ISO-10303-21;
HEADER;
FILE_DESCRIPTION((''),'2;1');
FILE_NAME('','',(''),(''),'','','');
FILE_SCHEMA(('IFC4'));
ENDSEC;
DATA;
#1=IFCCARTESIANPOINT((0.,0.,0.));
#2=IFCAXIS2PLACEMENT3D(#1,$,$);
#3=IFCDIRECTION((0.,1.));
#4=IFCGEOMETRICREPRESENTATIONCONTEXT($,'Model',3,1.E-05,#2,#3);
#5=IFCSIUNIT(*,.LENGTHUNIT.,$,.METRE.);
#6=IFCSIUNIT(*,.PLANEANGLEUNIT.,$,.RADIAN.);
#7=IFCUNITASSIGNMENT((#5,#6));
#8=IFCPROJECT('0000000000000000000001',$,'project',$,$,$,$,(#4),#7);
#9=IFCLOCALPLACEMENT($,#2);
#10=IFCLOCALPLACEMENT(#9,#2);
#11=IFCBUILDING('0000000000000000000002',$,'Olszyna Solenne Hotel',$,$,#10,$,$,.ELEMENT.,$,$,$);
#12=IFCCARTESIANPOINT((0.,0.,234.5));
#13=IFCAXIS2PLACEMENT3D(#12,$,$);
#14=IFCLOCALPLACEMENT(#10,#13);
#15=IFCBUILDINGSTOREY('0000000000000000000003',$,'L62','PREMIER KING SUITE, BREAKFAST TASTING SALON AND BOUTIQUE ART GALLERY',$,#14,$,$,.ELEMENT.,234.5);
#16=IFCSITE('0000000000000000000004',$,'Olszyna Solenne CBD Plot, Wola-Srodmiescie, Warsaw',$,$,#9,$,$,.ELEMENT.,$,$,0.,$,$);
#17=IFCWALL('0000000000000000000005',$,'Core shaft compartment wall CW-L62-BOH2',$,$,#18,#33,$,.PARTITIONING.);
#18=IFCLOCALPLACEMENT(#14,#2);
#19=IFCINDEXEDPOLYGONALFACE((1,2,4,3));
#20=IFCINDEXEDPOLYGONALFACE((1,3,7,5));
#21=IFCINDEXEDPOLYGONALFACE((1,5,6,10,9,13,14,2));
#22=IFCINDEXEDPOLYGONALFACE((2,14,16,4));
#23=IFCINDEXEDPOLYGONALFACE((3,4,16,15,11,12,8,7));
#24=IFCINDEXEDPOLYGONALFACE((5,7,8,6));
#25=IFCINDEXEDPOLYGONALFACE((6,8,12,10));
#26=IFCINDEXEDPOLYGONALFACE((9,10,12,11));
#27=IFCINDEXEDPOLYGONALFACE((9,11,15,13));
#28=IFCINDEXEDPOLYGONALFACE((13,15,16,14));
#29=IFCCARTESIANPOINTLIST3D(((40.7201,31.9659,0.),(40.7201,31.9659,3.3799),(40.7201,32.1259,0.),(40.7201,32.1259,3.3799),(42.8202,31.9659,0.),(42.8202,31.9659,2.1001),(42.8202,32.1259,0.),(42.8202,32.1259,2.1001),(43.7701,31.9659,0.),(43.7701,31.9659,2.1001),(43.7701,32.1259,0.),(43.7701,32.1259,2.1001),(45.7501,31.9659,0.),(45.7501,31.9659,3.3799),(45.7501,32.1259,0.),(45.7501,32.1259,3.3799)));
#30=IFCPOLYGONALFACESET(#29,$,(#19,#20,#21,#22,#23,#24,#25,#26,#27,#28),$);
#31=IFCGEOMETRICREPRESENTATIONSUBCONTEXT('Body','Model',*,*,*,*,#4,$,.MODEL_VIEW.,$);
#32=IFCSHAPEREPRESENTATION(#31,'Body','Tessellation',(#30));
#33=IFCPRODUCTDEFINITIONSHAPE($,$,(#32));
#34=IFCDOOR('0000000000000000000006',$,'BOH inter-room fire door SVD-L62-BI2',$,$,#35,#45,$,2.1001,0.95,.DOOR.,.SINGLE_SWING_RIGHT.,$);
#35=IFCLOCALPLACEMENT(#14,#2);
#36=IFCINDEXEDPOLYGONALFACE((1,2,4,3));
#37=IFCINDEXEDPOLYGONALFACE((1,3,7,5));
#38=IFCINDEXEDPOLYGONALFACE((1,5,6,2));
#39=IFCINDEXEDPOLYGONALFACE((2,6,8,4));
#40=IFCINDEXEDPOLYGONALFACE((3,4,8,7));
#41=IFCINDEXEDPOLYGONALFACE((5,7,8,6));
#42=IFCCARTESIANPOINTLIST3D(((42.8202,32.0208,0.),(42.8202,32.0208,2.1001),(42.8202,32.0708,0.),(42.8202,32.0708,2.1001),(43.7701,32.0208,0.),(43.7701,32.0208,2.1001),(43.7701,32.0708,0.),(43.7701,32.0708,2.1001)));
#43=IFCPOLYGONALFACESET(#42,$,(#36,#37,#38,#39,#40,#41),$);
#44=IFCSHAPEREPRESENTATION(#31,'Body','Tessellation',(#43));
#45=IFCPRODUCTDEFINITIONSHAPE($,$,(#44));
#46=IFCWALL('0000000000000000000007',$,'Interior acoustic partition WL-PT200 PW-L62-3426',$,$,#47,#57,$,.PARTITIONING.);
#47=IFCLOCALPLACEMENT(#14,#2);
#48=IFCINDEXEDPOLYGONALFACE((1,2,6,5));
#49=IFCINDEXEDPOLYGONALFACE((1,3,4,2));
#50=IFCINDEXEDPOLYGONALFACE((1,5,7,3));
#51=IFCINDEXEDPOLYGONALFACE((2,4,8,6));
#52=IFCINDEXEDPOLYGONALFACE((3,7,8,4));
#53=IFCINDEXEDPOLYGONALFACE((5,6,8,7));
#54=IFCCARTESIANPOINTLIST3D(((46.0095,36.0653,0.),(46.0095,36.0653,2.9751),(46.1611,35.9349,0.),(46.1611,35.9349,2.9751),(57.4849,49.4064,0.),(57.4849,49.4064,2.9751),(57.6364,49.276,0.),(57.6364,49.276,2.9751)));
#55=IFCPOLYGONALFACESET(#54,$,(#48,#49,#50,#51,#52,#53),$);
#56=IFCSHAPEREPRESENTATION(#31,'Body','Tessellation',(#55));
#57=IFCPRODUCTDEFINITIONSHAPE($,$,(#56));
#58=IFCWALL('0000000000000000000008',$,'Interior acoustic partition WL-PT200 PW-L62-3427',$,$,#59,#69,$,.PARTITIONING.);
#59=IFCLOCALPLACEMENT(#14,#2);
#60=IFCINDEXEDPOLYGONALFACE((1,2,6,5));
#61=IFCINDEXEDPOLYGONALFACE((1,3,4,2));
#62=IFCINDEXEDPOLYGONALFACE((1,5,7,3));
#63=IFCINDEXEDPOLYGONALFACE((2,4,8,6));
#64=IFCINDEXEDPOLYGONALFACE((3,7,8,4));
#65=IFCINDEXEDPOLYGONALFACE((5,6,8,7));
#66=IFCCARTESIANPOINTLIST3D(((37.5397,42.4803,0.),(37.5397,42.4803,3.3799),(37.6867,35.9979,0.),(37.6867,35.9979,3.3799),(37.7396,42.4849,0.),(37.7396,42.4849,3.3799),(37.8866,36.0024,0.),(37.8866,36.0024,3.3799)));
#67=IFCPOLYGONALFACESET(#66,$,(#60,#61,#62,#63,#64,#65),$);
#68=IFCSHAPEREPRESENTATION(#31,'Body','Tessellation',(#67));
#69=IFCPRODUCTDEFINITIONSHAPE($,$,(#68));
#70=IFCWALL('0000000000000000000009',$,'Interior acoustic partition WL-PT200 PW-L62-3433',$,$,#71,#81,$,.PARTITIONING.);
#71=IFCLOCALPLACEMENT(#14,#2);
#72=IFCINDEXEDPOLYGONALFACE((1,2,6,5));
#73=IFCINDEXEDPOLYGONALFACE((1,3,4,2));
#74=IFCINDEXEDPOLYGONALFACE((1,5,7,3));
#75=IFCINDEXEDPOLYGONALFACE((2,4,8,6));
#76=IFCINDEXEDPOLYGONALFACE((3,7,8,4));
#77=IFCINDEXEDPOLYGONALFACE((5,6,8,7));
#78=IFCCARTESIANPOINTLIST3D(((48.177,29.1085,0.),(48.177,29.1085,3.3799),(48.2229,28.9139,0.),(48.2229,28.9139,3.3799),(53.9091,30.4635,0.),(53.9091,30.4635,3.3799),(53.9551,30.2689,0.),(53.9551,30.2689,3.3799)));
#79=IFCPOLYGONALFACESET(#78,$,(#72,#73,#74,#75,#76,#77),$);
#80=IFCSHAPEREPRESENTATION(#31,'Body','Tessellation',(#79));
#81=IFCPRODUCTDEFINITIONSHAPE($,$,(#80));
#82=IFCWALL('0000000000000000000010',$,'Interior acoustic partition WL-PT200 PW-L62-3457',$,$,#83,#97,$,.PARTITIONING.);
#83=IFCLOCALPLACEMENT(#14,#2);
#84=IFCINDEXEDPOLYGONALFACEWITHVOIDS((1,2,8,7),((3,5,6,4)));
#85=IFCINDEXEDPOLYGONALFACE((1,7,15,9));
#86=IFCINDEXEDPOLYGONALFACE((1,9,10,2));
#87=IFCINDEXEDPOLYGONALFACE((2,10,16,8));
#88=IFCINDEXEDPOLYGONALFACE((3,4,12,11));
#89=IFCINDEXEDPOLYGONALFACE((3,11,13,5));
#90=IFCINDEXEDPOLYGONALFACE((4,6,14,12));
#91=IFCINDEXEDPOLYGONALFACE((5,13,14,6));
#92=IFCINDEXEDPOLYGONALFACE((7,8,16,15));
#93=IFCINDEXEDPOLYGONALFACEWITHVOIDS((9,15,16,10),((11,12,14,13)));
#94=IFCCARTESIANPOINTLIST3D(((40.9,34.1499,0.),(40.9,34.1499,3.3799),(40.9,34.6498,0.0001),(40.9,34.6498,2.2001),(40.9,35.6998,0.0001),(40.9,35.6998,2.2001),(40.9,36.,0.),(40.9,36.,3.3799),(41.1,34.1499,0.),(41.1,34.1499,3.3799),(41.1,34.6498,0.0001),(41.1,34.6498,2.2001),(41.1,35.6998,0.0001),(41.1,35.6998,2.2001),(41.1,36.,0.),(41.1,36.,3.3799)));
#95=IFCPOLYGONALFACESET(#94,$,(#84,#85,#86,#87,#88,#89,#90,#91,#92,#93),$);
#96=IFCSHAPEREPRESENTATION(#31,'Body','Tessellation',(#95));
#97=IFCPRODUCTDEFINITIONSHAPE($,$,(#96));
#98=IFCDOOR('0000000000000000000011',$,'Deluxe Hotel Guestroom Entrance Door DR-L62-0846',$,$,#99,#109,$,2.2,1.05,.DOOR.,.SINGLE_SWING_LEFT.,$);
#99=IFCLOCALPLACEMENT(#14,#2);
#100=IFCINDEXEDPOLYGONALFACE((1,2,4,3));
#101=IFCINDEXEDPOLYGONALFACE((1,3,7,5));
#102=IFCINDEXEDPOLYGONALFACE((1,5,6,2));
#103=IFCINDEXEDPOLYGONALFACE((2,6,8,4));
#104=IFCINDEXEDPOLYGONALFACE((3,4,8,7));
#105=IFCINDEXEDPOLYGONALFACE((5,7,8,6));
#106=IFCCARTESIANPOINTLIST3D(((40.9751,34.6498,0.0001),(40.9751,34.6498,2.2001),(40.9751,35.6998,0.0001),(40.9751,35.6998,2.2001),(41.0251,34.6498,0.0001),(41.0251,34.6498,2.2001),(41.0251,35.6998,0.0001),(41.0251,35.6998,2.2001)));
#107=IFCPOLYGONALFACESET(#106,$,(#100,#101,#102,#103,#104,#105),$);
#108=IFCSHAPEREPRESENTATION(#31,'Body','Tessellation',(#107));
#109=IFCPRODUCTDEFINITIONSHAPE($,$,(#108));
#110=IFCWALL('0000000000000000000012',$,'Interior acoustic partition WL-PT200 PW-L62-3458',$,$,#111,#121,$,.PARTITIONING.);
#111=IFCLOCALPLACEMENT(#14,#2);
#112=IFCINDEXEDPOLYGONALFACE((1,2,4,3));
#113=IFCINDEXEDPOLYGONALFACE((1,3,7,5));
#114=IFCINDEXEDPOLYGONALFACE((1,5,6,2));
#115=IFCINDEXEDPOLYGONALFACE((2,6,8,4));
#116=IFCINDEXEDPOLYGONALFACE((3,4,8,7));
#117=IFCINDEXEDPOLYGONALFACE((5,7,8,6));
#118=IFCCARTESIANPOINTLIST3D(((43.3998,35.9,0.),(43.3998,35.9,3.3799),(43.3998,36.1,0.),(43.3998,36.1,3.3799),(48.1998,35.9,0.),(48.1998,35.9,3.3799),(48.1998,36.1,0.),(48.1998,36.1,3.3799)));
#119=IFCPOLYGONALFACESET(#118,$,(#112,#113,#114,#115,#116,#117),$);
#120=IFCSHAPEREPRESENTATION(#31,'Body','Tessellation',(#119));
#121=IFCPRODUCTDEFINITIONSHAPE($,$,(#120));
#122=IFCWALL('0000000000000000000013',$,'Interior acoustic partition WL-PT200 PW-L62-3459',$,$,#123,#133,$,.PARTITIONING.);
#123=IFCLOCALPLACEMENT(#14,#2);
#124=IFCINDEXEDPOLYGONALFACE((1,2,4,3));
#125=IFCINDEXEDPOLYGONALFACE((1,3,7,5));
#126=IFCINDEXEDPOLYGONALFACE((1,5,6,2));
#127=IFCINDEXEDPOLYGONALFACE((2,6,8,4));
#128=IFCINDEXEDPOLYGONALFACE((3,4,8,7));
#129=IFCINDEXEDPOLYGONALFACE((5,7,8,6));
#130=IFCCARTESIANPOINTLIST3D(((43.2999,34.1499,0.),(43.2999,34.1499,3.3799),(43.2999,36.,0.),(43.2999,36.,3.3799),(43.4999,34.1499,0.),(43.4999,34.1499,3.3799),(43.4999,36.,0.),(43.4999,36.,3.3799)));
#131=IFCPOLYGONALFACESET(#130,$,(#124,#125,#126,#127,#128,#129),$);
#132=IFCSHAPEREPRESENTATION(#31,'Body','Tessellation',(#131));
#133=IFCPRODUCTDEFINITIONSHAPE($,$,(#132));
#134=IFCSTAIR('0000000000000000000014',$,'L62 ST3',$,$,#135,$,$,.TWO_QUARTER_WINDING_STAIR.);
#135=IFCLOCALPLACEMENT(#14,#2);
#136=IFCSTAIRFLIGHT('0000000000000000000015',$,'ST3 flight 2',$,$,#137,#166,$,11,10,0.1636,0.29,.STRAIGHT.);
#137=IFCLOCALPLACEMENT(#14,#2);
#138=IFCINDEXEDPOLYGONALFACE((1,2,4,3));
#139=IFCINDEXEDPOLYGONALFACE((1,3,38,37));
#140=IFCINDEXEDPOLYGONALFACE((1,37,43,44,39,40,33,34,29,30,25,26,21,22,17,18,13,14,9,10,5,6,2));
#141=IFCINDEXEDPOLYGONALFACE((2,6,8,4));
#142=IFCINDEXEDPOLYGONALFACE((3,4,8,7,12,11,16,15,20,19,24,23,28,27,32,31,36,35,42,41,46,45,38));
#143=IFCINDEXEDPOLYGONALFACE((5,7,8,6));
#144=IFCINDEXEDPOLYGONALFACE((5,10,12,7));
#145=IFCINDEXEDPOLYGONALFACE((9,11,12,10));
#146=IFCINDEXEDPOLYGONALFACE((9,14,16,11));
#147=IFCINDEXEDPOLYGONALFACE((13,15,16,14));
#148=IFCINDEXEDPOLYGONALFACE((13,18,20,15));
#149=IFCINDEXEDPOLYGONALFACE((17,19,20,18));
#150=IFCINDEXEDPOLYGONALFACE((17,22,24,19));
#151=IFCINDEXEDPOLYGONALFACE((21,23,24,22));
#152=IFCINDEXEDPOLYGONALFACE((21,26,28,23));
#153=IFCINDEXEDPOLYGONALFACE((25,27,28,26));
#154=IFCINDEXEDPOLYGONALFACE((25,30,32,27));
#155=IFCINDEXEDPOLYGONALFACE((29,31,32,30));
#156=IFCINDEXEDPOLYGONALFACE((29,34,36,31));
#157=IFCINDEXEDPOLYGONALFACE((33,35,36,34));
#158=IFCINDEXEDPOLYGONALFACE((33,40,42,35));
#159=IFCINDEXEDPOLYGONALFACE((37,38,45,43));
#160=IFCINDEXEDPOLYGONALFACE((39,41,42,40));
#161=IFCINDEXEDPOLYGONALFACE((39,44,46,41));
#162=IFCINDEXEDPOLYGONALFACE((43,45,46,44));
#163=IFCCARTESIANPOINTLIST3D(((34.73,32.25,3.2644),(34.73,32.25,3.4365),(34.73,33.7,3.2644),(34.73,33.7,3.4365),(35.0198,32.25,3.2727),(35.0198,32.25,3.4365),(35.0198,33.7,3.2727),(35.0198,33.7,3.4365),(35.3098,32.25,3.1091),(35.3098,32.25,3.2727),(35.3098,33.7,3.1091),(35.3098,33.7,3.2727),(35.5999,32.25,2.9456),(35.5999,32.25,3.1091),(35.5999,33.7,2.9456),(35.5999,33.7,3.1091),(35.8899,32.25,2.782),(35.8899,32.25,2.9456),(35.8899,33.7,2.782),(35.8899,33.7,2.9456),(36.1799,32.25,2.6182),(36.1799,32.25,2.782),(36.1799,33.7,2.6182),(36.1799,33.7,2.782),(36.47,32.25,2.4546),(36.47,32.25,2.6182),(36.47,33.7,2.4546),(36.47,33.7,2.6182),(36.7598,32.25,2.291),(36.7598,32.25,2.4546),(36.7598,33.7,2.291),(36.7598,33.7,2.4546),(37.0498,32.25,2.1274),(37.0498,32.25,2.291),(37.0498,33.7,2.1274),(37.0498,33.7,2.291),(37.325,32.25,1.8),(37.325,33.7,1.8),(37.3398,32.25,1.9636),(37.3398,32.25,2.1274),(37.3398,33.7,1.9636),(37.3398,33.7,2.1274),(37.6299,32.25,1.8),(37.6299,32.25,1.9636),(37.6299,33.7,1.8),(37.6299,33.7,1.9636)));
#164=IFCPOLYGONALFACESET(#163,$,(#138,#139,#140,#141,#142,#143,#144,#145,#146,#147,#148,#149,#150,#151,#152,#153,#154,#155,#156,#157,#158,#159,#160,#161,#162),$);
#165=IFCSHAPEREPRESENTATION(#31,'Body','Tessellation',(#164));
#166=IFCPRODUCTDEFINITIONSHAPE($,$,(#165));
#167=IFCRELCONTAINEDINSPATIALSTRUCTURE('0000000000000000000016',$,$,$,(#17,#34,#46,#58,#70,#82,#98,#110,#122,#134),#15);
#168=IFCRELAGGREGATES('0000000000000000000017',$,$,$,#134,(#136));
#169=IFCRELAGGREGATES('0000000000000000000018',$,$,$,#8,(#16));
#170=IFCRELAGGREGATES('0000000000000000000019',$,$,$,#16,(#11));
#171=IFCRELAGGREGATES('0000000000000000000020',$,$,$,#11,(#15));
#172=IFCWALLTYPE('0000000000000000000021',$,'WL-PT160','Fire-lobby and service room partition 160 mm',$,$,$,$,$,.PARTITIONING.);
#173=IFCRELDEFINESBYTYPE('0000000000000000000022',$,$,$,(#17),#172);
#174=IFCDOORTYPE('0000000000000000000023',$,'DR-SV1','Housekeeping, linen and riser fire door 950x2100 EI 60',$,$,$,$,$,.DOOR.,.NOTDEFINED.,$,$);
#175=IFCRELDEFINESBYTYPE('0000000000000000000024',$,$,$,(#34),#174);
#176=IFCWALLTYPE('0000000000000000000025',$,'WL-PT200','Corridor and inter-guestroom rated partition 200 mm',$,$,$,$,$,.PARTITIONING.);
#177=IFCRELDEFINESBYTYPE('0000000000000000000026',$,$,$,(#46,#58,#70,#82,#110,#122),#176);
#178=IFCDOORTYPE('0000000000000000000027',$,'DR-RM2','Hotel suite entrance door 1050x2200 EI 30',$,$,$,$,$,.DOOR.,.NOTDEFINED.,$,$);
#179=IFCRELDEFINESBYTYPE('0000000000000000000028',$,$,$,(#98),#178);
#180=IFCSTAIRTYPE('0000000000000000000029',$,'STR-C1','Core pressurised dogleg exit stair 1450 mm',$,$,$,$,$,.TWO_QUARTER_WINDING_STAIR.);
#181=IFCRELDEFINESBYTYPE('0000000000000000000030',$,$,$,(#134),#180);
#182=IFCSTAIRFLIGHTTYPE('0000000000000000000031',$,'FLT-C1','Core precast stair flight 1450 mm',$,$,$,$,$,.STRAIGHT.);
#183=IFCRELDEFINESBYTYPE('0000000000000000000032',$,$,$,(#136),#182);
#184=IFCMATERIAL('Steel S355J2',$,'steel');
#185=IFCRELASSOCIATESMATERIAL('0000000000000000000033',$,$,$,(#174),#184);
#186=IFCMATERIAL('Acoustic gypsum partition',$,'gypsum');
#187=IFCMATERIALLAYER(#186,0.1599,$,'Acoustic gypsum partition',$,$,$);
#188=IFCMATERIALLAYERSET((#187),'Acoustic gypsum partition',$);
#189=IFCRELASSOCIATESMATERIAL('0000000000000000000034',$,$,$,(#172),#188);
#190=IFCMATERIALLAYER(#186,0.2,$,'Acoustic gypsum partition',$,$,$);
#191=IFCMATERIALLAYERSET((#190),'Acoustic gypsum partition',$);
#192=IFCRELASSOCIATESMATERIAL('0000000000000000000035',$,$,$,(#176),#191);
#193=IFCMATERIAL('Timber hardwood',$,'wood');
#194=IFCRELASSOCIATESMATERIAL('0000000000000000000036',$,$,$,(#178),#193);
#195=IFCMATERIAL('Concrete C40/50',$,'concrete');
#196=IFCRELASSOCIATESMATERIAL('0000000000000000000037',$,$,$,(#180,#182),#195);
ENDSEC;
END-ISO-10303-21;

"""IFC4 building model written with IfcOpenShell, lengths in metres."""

from ifc_helpers import new_model, si_unit, direction, frame, frame_2d, origin, place, context, subcontext, project, spatial, polyline, rectangle, outline, extrude, source, transform, mapped, material, layer, layer_set, type_object, type_shapes, element, fill, aggregate, save


model = new_model("IFC4")

# Units and contexts
model_context = context("Model", 3, precision=1e-05, world=origin(), true_north=direction((0.0, 1.0)))
body_context = subcontext(model_context, "Body", "Model", "MODEL_VIEW")
ifc_project = project(units=[si_unit("LENGTHUNIT", "METRE"), si_unit("PLANEANGLEUNIT", "RADIAN")], contexts=[model_context])

# Site, building, storey
site_placement = place(None, origin())
site = spatial("IfcSite", under=ifc_project, at=site_placement, Name="Olszyna Solenne CBD Plot, Wola-Srodmiescie, Warsaw", CompositionType="ELEMENT", RefElevation=0.0)
building_placement = place(site_placement, origin())
building = spatial("IfcBuilding", under=site, at=building_placement, Name="Olszyna Solenne Hotel", CompositionType="ELEMENT")
storey_placement = place(building_placement, frame((0.0, 0.0, 234.5)))
storey = spatial("IfcBuildingStorey", under=building, at=storey_placement, Name="L62", Description="PREMIER KING SUITE, BREAKFAST TASTING SALON AND BOUTIQUE ART GALLERY", CompositionType="ELEMENT", Elevation=234.5)

# Shared definitions
ifc_material_1 = material(Name="Steel S355J2", Category="steel")

# Shared definitions
door_type_1 = type_object("IfcDoorType", Name="DR-SV1", Description="Housekeeping, linen and riser fire door 950x2100 EI 60", OperationType="NOTDEFINED", PredefinedType="DOOR", material=ifc_material_1)
shared_shape_1 = source(origin(), body_context, "Body", "SweptSolid", [
    extrude(rectangle(XDim=0.95, YDim=2.1001, at=frame_2d((0.4751, 1.05))), frame((0.0, 0.0249, 0.0), z_axis=(0.0, -1.0, 0.0), x_axis=(1.0, 0.0, 0.0)), (0.0, 0.0, 1.0), 0.05),
])
type_shapes(door_type_1, [shared_shape_1])
ifc_material_2 = material(Name="Timber hardwood", Category="wood")

# Shared definitions
ifc_material_3 = material(Name="Acoustic gypsum partition", Category="gypsum")

# Shared definitions
ifc_layer_1 = layer(ifc_material_3, 0.1599, Name="Acoustic gypsum partition")
ifc_layer_set_1 = layer_set([ifc_layer_1], Name="Acoustic gypsum partition")
wall_type_1 = type_object("IfcWallType", Name="WL-PT160", Description="Fire-lobby and service room partition 160 mm", PredefinedType="PARTITIONING", material=ifc_layer_set_1)

# Wall, opening, door
wall_1_placement = place(storey_placement, frame((40.72, 32.0459, 0.0), z_axis=(0.0, 0.0, 1.0), x_axis=(1.0, 0.0, 0.0)))
wall_1 = element("IfcWall", 1, at=wall_1_placement, inside=storey, type_object=wall_type_1, Name="Core shaft compartment wall CW-L62-BOH2", PredefinedType="PARTITIONING", context=body_context, shape_type="SweptSolid", body=[
    extrude(rectangle(XDim=5.03, YDim=0.1599, at=frame_2d((2.5151, 0.0))), origin(), (0.0, 0.0, 1.0), 3.3799),
])
opening_1_placement = place(wall_1_placement, frame((2.1001, 0.0, 0.0)))
opening_1 = element("IfcOpeningElement", 2, at=opening_1_placement, cuts=wall_1, PredefinedType="OPENING", context=body_context, shape_type="SweptSolid", body=[
    extrude(rectangle(XDim=0.95, YDim=2.1001, at=frame_2d((0.4751, 1.05))), frame((0.0, 0.0898, 0.0), z_axis=(0.0, -1.0, 0.0), x_axis=(1.0, 0.0, 0.0)), (0.0, 0.0, 1.0), 0.1799),
])
door_1_placement = place(opening_1_placement, origin())
door_1 = element("IfcDoor", 3, at=door_1_placement, inside=storey, type_object=door_type_1, Name="BOH inter-room fire door SVD-L62-BI2", OperationType="SINGLE_SWING_RIGHT", OverallHeight=2.1001, OverallWidth=0.95, PredefinedType="DOOR", context=body_context, shape_type="MappedRepresentation", body=[
    mapped(shared_shape_1, transform((0.0, 0.0, 0.0), x_axis=(1.0, 0.0, 0.0), y_axis=(0.0, 1.0, 0.0), z_axis=(0.0, 0.0, 1.0), scale=1.0)),
])
fill(opening_1, door_1)

# Walls
ifc_layer_2 = layer(ifc_material_3, 0.2, Name="Acoustic gypsum partition")
ifc_layer_set_2 = layer_set([ifc_layer_2], Name="Acoustic gypsum partition")
wall_type_2 = type_object("IfcWallType", Name="WL-PT200", Description="Corridor and inter-guestroom rated partition 200 mm", PredefinedType="PARTITIONING", material=ifc_layer_set_2)
wall_2_placement = place(storey_placement, frame((46.0852, 36.0, 0.0), z_axis=(0.0, 0.0, 1.0), x_axis=(0.652105, 0.758128, 0.0)))
element("IfcWall", 4, at=wall_2_placement, inside=storey, type_object=wall_type_2, Name="Interior acoustic partition WL-PT200 PW-L62-3426", PredefinedType="PARTITIONING", context=body_context, shape_type="SweptSolid", body=[
    extrude(rectangle(XDim=17.5974, YDim=0.2, at=frame_2d((8.7988, 0.0))), origin(), (0.0, 0.0, 1.0), 2.9751),
])
wall_3_placement = place(storey_placement, frame((37.7866, 36.0, 0.0), z_axis=(0.0, 0.0, 1.0), x_axis=(-0.022667, 0.999743, 0.0)))
element("IfcWall", 5, at=wall_3_placement, inside=storey, type_object=wall_type_2, Name="Interior acoustic partition WL-PT200 PW-L62-3427", PredefinedType="PARTITIONING", context=body_context, shape_type="SweptSolid", body=[
    extrude(rectangle(XDim=6.4841, YDim=0.2, at=frame_2d((3.2422, 0.0))), origin(), (0.0, 0.0, 1.0), 3.3799),
])
wall_4_placement = place(storey_placement, frame((48.2, 29.0112, 0.0), z_axis=(0.0, 0.0, 1.0), x_axis=(0.973181, 0.230042, 0.0)))
element("IfcWall", 6, at=wall_4_placement, inside=storey, type_object=wall_type_2, Name="Interior acoustic partition WL-PT200 PW-L62-3433", PredefinedType="PARTITIONING", context=body_context, shape_type="SweptSolid", body=[
    extrude(rectangle(XDim=5.8901, YDim=0.2, at=frame_2d((2.9451, 0.0))), origin(), (0.0, 0.0, 1.0), 3.3799),
])

# Wall, opening, door
wall_5_placement = place(storey_placement, frame((41.0, 34.1499, 0.0), z_axis=(0.0, 0.0, 1.0), x_axis=(0.0, 1.0, 0.0)))
wall_5 = element("IfcWall", 7, at=wall_5_placement, inside=storey, type_object=wall_type_2, Name="Interior acoustic partition WL-PT200 PW-L62-3457", PredefinedType="PARTITIONING", context=body_context, shape_type="SweptSolid", body=[
    extrude(rectangle(XDim=1.8501, YDim=0.2, at=frame_2d((0.925, 0.0))), origin(), (0.0, 0.0, 1.0), 3.3799),
])
opening_2_placement = place(wall_5_placement, frame((0.5, 0.0, 0.0)))
opening_2 = element("IfcOpeningElement", 8, at=opening_2_placement, cuts=wall_5, PredefinedType="OPENING", context=body_context, shape_type="SweptSolid", body=[
    extrude(rectangle(XDim=1.05, YDim=2.2, at=frame_2d((0.5249, 1.1001))), frame((0.0, 0.1099, 0.0), z_axis=(0.0, -1.0, 0.0), x_axis=(1.0, 0.0, 0.0)), (0.0, 0.0, 1.0), 0.22),
])
door_type_2 = type_object("IfcDoorType", Name="DR-RM2", Description="Hotel suite entrance door 1050x2200 EI 30", OperationType="NOTDEFINED", PredefinedType="DOOR", material=ifc_material_2)
shared_shape_2 = source(origin(), body_context, "Body", "SweptSolid", [
    extrude(rectangle(XDim=1.05, YDim=2.2, at=frame_2d((0.5249, 1.1001))), frame((0.0, 0.0249, 0.0), z_axis=(0.0, -1.0, 0.0), x_axis=(1.0, 0.0, 0.0)), (0.0, 0.0, 1.0), 0.05),
])
type_shapes(door_type_2, [shared_shape_2])
door_2_placement = place(opening_2_placement, origin())
door_2 = element("IfcDoor", 9, at=door_2_placement, inside=storey, type_object=door_type_2, Name="Deluxe Hotel Guestroom Entrance Door DR-L62-0846", OperationType="SINGLE_SWING_LEFT", OverallHeight=2.2, OverallWidth=1.05, PredefinedType="DOOR", context=body_context, shape_type="MappedRepresentation", body=[
    mapped(shared_shape_2, transform((0.0, 0.0, 0.0), x_axis=(1.0, 0.0, 0.0), y_axis=(0.0, 1.0, 0.0), z_axis=(0.0, 0.0, 1.0), scale=1.0)),
])
fill(opening_2, door_2)

# Walls
wall_6_placement = place(storey_placement, frame((43.3999, 36.0, 0.0), z_axis=(0.0, 0.0, 1.0), x_axis=(1.0, 0.0, 0.0)))
element("IfcWall", 10, at=wall_6_placement, inside=storey, type_object=wall_type_2, Name="Interior acoustic partition WL-PT200 PW-L62-3458", PredefinedType="PARTITIONING", context=body_context, shape_type="SweptSolid", body=[
    extrude(rectangle(XDim=4.8, YDim=0.2, at=frame_2d((2.3999, 0.0))), origin(), (0.0, 0.0, 1.0), 3.3799),
])
wall_7_placement = place(storey_placement, frame((43.3999, 34.1499, 0.0), z_axis=(0.0, 0.0, 1.0), x_axis=(0.0, 1.0, 0.0)))
element("IfcWall", 11, at=wall_7_placement, inside=storey, type_object=wall_type_2, Name="Interior acoustic partition WL-PT200 PW-L62-3459", PredefinedType="PARTITIONING", context=body_context, shape_type="SweptSolid", body=[
    extrude(rectangle(XDim=1.8501, YDim=0.2, at=frame_2d((0.925, 0.0))), origin(), (0.0, 0.0, 1.0), 3.3799),
])

# Stair, stair flight
ifc_material_4 = material(Name="Concrete C40/50", Category="concrete")
stair_type = type_object("IfcStairType", Name="STR-C1", Description="Core pressurised dogleg exit stair 1450 mm", PredefinedType="TWO_QUARTER_WINDING_STAIR", material=ifc_material_4)
stair_placement = place(storey_placement, origin())
stair = element("IfcStair", 12, at=stair_placement, inside=storey, type_object=stair_type, Name="L62 ST3", PredefinedType="TWO_QUARTER_WINDING_STAIR")
stair_flight_type = type_object("IfcStairFlightType", Name="FLT-C1", Description="Core precast stair flight 1450 mm", PredefinedType="STRAIGHT", material=ifc_material_4)
stair_flight_placement = place(storey_placement, frame((37.6299, 32.9751, 1.8), z_axis=(0.0, 0.0, 1.0), x_axis=(-1.0, 0.0, 0.0)))
stair_flight = element("IfcStairFlight", 13, at=stair_flight_placement, type_object=stair_flight_type, Name="ST3 flight 2", NumberOfRisers=11, NumberOfTreads=10, PredefinedType="STRAIGHT", RiserHeight=0.1636, TreadLength=0.29, context=body_context, shape_type="SweptSolid", body=[
    extrude(outline(polyline([(0.0, 0.0), (0.0, 0.1636), (0.29, 0.1636), (0.29, 0.3274), (0.5801, 0.3274), (0.5801, 0.491), (0.8701, 0.491), (0.8701, 0.6545), (1.1599, 0.6545), (1.1599, 0.8181), (1.45, 0.8181), (1.45, 0.9819), (1.74, 0.9819), (1.74, 1.1455), (2.03, 1.1455), (2.03, 1.3091), (2.3201, 1.3091), (2.3201, 1.4727), (2.6101, 1.4727), (2.6101, 1.6365), (2.8999, 1.6365), (2.8999, 1.8), (2.8999, 1.4644), (0.3049, 0.0), (0.0, 0.0)])), frame((0.0, 0.7251, 0.0), z_axis=(0.0, -1.0, 0.0), x_axis=(1.0, 0.0, 0.0)), (0.0, 0.0, 1.0), 1.45),
])
aggregate(stair, [stair_flight])

save(model, "model.ifc")
